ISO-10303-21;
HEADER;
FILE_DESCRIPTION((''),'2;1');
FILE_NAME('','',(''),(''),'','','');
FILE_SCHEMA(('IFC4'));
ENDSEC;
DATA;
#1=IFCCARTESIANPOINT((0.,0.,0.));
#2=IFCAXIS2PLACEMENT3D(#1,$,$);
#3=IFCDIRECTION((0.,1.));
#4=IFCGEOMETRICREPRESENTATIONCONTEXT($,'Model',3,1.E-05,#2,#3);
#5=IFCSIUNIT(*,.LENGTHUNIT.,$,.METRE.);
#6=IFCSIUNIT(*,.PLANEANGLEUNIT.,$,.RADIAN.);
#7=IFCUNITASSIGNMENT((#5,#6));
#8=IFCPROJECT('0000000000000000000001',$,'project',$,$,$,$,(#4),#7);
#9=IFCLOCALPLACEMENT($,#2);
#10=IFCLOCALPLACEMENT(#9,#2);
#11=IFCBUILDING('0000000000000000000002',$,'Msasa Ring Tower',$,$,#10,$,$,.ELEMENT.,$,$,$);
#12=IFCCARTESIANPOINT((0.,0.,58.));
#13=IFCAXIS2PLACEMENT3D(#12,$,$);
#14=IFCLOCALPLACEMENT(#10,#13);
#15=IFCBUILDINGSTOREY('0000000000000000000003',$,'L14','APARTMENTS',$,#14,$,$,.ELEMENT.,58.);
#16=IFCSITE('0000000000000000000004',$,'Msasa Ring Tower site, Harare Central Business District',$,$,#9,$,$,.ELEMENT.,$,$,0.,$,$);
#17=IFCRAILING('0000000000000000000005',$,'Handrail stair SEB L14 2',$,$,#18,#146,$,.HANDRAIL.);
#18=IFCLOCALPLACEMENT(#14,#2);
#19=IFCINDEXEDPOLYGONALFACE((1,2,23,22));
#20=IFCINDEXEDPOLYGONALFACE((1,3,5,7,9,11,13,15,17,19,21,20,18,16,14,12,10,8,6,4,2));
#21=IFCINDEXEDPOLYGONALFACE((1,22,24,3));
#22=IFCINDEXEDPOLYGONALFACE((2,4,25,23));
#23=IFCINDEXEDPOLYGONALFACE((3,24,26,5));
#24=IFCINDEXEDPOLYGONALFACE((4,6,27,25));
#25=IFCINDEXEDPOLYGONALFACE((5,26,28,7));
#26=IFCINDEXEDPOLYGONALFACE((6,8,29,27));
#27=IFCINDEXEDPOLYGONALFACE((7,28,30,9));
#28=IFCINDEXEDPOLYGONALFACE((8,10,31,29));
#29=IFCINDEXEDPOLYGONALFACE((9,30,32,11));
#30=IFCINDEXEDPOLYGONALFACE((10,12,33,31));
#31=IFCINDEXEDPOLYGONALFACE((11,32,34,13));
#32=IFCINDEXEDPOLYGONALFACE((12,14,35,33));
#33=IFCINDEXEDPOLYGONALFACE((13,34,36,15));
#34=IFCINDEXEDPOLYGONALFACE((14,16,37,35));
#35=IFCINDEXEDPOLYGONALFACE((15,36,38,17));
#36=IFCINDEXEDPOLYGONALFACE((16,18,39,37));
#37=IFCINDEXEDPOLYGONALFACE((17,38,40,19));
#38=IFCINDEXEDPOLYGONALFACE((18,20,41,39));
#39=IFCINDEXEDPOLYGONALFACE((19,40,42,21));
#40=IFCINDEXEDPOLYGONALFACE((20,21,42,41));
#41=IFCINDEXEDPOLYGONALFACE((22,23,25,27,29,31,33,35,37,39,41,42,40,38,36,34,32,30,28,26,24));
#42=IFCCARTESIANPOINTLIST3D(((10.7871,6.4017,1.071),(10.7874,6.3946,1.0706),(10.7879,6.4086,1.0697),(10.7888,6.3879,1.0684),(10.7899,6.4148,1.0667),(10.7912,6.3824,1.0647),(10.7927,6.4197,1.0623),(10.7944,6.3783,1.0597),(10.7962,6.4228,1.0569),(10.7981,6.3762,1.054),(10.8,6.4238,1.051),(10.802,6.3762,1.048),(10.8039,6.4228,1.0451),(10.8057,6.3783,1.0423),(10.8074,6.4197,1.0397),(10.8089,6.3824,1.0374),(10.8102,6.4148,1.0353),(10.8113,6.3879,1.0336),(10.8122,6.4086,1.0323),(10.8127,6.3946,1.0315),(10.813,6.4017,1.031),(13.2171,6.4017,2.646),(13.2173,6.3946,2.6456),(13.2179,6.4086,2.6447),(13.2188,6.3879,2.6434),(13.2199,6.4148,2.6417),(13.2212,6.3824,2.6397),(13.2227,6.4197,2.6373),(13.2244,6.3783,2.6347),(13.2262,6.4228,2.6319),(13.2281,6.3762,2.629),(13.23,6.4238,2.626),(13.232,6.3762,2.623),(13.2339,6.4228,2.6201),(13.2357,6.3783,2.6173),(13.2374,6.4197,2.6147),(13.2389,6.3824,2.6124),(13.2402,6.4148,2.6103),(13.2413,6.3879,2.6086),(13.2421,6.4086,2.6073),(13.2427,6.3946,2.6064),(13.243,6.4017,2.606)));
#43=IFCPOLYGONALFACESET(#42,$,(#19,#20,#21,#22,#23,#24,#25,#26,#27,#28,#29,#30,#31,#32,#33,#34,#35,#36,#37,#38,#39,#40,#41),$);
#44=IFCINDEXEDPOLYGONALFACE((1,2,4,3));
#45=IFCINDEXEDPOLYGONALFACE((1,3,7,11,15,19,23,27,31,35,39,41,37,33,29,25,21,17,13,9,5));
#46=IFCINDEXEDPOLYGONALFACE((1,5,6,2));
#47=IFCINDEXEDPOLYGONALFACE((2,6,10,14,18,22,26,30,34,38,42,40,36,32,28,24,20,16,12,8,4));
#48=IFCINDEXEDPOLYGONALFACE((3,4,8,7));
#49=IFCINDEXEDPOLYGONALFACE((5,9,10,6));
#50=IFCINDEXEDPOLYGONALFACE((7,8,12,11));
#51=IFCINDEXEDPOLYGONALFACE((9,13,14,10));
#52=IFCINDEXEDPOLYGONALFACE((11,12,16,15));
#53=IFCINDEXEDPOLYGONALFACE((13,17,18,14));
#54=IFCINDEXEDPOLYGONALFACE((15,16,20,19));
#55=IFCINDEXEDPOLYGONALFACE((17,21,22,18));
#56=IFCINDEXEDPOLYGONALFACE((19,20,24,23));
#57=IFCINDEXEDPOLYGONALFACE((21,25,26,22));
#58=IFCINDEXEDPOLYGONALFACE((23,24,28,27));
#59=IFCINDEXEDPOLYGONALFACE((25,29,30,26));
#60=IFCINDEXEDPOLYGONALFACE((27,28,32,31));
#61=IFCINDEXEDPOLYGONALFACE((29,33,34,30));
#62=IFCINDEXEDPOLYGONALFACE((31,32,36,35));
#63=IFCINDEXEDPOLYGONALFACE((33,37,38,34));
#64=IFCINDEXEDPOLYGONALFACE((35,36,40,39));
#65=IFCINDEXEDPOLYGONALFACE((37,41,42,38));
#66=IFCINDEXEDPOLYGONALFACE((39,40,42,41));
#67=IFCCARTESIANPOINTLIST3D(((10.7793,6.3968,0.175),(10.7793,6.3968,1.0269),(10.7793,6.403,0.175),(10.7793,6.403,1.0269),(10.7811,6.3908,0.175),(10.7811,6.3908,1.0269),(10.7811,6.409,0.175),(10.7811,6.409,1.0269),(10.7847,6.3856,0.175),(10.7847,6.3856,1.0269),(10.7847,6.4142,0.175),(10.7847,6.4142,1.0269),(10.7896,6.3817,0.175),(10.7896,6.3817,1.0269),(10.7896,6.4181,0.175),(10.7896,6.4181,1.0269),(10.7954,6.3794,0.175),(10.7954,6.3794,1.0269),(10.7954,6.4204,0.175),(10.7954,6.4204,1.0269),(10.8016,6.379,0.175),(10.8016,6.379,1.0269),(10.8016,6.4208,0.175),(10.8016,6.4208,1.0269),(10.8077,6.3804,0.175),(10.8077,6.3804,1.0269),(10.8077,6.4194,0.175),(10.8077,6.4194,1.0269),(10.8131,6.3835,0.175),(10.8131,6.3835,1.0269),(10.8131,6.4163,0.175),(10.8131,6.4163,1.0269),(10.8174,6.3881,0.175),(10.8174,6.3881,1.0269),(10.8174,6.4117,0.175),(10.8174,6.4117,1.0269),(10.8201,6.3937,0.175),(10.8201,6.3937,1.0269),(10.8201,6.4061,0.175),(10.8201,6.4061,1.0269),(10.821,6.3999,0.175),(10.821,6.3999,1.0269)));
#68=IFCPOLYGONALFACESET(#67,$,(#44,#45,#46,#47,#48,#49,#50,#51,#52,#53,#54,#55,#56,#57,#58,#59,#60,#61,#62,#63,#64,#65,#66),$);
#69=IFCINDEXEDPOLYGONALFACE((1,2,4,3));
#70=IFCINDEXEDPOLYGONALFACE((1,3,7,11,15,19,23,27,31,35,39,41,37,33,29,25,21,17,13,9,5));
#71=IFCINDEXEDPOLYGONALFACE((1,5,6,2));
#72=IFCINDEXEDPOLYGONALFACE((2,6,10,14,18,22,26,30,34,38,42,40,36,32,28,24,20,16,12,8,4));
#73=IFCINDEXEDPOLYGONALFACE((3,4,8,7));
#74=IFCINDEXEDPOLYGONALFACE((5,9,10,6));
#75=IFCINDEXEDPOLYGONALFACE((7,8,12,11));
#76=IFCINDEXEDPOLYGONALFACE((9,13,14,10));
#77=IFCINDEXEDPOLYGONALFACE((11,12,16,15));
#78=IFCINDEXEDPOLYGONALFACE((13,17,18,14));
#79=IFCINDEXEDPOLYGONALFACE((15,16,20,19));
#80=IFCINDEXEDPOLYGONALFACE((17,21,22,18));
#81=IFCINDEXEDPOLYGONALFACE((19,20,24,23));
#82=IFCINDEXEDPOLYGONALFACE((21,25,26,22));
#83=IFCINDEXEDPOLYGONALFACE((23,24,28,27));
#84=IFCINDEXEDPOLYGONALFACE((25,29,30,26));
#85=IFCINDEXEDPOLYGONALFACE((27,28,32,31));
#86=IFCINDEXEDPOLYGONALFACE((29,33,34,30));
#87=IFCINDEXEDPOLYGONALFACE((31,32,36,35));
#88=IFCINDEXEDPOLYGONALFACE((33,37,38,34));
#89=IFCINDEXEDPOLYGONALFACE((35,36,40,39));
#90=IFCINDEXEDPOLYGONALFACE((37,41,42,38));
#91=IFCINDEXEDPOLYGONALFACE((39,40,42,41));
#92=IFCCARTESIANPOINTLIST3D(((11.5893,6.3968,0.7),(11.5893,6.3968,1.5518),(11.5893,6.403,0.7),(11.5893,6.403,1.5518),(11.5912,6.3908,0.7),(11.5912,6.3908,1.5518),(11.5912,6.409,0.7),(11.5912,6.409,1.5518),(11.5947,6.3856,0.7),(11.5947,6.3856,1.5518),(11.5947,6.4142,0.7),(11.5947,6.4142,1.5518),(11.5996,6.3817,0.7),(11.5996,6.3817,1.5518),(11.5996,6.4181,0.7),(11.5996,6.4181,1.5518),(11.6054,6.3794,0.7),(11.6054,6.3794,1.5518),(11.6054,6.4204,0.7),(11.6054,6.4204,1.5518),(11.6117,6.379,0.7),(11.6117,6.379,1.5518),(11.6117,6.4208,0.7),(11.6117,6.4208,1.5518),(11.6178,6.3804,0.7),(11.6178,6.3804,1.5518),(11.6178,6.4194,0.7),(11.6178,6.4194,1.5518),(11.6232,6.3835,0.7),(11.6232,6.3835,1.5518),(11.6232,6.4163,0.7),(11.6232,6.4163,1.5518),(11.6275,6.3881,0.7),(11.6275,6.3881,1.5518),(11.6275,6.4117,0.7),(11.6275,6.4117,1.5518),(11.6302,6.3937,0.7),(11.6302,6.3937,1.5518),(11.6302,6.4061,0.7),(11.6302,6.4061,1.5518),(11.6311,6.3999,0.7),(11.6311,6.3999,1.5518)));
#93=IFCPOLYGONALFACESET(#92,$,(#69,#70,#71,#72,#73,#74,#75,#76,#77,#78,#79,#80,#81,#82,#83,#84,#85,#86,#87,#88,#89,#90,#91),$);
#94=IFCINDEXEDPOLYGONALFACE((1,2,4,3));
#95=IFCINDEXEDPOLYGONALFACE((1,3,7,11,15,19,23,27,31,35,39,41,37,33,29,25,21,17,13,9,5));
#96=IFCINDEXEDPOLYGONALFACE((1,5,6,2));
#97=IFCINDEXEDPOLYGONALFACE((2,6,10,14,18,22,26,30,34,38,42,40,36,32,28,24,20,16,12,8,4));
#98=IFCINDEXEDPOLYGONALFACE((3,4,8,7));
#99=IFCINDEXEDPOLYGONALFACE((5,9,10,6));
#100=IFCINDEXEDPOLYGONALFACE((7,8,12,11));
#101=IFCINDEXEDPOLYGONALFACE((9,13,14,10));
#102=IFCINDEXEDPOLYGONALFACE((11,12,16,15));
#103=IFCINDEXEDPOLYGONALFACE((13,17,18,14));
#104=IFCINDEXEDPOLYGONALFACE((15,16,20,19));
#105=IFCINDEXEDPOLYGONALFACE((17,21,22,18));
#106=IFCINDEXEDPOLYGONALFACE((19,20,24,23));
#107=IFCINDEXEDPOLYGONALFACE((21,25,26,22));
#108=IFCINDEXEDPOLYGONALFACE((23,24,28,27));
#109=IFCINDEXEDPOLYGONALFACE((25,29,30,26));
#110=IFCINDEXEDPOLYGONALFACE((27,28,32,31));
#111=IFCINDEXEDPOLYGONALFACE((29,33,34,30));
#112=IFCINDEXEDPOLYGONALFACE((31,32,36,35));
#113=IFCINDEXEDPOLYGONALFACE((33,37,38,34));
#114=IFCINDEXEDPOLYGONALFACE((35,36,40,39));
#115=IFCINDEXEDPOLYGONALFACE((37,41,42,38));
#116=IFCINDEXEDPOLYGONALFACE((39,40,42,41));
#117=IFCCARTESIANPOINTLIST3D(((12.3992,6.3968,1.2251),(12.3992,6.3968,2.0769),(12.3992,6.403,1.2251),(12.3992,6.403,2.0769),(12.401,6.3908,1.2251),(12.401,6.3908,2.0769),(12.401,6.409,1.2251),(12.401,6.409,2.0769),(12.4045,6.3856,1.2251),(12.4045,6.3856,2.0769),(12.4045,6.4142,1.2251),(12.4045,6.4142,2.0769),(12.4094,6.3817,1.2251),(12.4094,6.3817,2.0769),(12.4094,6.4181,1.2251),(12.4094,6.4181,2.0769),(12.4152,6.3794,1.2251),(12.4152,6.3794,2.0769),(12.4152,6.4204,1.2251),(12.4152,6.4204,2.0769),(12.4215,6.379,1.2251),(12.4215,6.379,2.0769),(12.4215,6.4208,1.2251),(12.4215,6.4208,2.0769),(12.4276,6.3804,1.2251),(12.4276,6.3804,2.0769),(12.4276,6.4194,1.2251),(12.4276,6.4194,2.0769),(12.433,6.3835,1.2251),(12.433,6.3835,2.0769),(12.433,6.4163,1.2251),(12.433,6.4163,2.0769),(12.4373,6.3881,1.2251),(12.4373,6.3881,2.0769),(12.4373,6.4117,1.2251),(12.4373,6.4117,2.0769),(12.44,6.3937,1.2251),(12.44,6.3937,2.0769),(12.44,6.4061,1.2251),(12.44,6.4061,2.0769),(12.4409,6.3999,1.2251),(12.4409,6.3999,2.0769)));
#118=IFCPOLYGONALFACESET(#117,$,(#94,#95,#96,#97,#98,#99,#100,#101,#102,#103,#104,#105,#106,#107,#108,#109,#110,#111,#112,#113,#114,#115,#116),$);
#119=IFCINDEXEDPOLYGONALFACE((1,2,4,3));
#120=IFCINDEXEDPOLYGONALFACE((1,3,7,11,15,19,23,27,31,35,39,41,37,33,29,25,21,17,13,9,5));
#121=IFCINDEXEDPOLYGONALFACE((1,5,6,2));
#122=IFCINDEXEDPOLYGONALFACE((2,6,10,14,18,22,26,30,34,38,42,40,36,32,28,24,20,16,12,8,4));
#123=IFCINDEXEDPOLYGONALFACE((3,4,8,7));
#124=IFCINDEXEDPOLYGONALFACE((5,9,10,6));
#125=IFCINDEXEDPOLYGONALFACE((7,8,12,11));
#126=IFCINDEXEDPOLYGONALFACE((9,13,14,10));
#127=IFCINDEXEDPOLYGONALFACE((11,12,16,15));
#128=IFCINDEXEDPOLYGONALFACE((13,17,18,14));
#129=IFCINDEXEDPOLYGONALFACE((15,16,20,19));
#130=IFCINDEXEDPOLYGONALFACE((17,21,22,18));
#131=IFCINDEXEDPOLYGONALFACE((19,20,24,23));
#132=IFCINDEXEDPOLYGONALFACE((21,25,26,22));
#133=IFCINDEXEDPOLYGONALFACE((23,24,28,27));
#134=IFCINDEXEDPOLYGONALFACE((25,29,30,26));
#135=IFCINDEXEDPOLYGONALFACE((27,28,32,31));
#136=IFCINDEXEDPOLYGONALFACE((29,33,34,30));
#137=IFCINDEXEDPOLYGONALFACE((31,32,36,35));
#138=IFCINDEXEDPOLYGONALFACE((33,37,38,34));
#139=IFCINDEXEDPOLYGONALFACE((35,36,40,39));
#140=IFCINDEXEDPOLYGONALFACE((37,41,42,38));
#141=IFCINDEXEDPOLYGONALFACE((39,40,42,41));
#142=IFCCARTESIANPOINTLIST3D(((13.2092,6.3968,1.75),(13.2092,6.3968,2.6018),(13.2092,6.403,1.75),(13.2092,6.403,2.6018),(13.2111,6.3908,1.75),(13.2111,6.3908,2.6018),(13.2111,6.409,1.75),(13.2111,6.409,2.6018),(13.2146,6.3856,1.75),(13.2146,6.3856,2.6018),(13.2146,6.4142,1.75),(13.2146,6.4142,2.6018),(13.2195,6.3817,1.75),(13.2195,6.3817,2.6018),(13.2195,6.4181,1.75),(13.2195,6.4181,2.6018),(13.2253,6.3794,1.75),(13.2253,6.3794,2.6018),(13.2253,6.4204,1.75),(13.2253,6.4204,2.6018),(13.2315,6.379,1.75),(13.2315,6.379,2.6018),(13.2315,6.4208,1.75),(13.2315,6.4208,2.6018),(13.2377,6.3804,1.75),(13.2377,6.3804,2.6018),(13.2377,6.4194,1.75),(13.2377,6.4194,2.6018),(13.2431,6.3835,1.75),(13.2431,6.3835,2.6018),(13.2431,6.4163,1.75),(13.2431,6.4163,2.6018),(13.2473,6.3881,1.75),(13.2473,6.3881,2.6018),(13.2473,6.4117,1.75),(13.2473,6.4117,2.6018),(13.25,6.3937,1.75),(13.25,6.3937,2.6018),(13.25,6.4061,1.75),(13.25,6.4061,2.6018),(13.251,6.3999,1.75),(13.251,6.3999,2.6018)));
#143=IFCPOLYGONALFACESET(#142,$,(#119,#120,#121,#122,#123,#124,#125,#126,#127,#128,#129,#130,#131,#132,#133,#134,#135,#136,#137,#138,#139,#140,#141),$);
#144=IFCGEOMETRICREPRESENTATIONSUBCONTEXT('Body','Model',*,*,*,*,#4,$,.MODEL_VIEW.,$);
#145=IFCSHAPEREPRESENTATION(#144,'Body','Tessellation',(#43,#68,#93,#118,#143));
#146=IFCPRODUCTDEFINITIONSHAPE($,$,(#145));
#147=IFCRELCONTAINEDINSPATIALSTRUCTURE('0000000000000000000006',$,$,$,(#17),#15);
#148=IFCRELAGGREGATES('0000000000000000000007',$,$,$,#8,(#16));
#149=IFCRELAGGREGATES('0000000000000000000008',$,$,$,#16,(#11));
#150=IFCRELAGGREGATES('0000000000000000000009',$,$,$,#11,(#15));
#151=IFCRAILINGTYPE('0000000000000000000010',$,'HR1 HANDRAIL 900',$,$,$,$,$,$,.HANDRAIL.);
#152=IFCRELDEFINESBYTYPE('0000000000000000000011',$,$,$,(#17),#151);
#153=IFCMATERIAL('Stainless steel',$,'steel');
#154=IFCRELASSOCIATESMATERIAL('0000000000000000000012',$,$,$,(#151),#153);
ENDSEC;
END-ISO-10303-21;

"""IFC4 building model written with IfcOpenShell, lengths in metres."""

from ifc_helpers import new_model, si_unit, direction, frame, origin, origin_2d, place, context, subcontext, project, spatial, circle, extrude, material, type_object, element, save


model = new_model("IFC4")

# Units and contexts
model_context = context("Model", 3, precision=1e-05, world=origin(), true_north=direction((0.0, 1.0)))
body_context = subcontext(model_context, "Body", "Model", "MODEL_VIEW")
ifc_project = project(units=[si_unit("LENGTHUNIT", "METRE"), si_unit("PLANEANGLEUNIT", "RADIAN")], contexts=[model_context])

# Site, building, storey
site_placement = place(None, origin())
site = spatial("IfcSite", under=ifc_project, at=site_placement, Name="Msasa Ring Tower site, Harare Central Business District", CompositionType="ELEMENT", RefElevation=0.0)
building_placement = place(site_placement, origin())
building = spatial("IfcBuilding", under=site, at=building_placement, Name="Msasa Ring Tower", CompositionType="ELEMENT")
storey_placement = place(building_placement, frame((0.0, 0.0, 58.0)))
storey = spatial("IfcBuildingStorey", under=building, at=storey_placement, Name="L14", Description="APARTMENTS", CompositionType="ELEMENT", Elevation=58.0)

# Railing
ifc_material_1 = material(Name="Stainless steel", Category="steel")
railing_type = type_object("IfcRailingType", Name="HR1 HANDRAIL 900", PredefinedType="HANDRAIL", material=ifc_material_1)
for number, where, name in (
    (1, (10.8, 6.3999, 0.175), "Handrail stair SEB L14 2"),
):
    element("IfcRailing", number, at=place(storey_placement, frame(where)), inside=storey, type_object=railing_type, Name=name, PredefinedType="HANDRAIL", context=body_context, shape_type="SweptSolid", body=[
        extrude(circle(Radius=0.0239, at=origin_2d()), frame((0.0, 0.0, 0.876), z_axis=(0.839154, 0.0, 0.543894), x_axis=(0.0, 1.0, 0.0)), (0.0, 0.0, 1.0), 2.8958),
        extrude(circle(Radius=0.021, at=origin_2d()), origin(), (0.0, 0.0, 1.0), 0.8518),
        extrude(circle(Radius=0.021, at=origin_2d()), frame((0.8101, 0.0, 0.5249)), (0.0, 0.0, 1.0), 0.8518),
        extrude(circle(Radius=0.021, at=origin_2d()), frame((1.6199, 0.0, 1.05)), (0.0, 0.0, 1.0), 0.8518),
        extrude(circle(Radius=0.021, at=origin_2d()), frame((2.4299, 0.0, 1.575)), (0.0, 0.0, 1.0), 0.8518),
    ])

save(model, "model.ifc")
